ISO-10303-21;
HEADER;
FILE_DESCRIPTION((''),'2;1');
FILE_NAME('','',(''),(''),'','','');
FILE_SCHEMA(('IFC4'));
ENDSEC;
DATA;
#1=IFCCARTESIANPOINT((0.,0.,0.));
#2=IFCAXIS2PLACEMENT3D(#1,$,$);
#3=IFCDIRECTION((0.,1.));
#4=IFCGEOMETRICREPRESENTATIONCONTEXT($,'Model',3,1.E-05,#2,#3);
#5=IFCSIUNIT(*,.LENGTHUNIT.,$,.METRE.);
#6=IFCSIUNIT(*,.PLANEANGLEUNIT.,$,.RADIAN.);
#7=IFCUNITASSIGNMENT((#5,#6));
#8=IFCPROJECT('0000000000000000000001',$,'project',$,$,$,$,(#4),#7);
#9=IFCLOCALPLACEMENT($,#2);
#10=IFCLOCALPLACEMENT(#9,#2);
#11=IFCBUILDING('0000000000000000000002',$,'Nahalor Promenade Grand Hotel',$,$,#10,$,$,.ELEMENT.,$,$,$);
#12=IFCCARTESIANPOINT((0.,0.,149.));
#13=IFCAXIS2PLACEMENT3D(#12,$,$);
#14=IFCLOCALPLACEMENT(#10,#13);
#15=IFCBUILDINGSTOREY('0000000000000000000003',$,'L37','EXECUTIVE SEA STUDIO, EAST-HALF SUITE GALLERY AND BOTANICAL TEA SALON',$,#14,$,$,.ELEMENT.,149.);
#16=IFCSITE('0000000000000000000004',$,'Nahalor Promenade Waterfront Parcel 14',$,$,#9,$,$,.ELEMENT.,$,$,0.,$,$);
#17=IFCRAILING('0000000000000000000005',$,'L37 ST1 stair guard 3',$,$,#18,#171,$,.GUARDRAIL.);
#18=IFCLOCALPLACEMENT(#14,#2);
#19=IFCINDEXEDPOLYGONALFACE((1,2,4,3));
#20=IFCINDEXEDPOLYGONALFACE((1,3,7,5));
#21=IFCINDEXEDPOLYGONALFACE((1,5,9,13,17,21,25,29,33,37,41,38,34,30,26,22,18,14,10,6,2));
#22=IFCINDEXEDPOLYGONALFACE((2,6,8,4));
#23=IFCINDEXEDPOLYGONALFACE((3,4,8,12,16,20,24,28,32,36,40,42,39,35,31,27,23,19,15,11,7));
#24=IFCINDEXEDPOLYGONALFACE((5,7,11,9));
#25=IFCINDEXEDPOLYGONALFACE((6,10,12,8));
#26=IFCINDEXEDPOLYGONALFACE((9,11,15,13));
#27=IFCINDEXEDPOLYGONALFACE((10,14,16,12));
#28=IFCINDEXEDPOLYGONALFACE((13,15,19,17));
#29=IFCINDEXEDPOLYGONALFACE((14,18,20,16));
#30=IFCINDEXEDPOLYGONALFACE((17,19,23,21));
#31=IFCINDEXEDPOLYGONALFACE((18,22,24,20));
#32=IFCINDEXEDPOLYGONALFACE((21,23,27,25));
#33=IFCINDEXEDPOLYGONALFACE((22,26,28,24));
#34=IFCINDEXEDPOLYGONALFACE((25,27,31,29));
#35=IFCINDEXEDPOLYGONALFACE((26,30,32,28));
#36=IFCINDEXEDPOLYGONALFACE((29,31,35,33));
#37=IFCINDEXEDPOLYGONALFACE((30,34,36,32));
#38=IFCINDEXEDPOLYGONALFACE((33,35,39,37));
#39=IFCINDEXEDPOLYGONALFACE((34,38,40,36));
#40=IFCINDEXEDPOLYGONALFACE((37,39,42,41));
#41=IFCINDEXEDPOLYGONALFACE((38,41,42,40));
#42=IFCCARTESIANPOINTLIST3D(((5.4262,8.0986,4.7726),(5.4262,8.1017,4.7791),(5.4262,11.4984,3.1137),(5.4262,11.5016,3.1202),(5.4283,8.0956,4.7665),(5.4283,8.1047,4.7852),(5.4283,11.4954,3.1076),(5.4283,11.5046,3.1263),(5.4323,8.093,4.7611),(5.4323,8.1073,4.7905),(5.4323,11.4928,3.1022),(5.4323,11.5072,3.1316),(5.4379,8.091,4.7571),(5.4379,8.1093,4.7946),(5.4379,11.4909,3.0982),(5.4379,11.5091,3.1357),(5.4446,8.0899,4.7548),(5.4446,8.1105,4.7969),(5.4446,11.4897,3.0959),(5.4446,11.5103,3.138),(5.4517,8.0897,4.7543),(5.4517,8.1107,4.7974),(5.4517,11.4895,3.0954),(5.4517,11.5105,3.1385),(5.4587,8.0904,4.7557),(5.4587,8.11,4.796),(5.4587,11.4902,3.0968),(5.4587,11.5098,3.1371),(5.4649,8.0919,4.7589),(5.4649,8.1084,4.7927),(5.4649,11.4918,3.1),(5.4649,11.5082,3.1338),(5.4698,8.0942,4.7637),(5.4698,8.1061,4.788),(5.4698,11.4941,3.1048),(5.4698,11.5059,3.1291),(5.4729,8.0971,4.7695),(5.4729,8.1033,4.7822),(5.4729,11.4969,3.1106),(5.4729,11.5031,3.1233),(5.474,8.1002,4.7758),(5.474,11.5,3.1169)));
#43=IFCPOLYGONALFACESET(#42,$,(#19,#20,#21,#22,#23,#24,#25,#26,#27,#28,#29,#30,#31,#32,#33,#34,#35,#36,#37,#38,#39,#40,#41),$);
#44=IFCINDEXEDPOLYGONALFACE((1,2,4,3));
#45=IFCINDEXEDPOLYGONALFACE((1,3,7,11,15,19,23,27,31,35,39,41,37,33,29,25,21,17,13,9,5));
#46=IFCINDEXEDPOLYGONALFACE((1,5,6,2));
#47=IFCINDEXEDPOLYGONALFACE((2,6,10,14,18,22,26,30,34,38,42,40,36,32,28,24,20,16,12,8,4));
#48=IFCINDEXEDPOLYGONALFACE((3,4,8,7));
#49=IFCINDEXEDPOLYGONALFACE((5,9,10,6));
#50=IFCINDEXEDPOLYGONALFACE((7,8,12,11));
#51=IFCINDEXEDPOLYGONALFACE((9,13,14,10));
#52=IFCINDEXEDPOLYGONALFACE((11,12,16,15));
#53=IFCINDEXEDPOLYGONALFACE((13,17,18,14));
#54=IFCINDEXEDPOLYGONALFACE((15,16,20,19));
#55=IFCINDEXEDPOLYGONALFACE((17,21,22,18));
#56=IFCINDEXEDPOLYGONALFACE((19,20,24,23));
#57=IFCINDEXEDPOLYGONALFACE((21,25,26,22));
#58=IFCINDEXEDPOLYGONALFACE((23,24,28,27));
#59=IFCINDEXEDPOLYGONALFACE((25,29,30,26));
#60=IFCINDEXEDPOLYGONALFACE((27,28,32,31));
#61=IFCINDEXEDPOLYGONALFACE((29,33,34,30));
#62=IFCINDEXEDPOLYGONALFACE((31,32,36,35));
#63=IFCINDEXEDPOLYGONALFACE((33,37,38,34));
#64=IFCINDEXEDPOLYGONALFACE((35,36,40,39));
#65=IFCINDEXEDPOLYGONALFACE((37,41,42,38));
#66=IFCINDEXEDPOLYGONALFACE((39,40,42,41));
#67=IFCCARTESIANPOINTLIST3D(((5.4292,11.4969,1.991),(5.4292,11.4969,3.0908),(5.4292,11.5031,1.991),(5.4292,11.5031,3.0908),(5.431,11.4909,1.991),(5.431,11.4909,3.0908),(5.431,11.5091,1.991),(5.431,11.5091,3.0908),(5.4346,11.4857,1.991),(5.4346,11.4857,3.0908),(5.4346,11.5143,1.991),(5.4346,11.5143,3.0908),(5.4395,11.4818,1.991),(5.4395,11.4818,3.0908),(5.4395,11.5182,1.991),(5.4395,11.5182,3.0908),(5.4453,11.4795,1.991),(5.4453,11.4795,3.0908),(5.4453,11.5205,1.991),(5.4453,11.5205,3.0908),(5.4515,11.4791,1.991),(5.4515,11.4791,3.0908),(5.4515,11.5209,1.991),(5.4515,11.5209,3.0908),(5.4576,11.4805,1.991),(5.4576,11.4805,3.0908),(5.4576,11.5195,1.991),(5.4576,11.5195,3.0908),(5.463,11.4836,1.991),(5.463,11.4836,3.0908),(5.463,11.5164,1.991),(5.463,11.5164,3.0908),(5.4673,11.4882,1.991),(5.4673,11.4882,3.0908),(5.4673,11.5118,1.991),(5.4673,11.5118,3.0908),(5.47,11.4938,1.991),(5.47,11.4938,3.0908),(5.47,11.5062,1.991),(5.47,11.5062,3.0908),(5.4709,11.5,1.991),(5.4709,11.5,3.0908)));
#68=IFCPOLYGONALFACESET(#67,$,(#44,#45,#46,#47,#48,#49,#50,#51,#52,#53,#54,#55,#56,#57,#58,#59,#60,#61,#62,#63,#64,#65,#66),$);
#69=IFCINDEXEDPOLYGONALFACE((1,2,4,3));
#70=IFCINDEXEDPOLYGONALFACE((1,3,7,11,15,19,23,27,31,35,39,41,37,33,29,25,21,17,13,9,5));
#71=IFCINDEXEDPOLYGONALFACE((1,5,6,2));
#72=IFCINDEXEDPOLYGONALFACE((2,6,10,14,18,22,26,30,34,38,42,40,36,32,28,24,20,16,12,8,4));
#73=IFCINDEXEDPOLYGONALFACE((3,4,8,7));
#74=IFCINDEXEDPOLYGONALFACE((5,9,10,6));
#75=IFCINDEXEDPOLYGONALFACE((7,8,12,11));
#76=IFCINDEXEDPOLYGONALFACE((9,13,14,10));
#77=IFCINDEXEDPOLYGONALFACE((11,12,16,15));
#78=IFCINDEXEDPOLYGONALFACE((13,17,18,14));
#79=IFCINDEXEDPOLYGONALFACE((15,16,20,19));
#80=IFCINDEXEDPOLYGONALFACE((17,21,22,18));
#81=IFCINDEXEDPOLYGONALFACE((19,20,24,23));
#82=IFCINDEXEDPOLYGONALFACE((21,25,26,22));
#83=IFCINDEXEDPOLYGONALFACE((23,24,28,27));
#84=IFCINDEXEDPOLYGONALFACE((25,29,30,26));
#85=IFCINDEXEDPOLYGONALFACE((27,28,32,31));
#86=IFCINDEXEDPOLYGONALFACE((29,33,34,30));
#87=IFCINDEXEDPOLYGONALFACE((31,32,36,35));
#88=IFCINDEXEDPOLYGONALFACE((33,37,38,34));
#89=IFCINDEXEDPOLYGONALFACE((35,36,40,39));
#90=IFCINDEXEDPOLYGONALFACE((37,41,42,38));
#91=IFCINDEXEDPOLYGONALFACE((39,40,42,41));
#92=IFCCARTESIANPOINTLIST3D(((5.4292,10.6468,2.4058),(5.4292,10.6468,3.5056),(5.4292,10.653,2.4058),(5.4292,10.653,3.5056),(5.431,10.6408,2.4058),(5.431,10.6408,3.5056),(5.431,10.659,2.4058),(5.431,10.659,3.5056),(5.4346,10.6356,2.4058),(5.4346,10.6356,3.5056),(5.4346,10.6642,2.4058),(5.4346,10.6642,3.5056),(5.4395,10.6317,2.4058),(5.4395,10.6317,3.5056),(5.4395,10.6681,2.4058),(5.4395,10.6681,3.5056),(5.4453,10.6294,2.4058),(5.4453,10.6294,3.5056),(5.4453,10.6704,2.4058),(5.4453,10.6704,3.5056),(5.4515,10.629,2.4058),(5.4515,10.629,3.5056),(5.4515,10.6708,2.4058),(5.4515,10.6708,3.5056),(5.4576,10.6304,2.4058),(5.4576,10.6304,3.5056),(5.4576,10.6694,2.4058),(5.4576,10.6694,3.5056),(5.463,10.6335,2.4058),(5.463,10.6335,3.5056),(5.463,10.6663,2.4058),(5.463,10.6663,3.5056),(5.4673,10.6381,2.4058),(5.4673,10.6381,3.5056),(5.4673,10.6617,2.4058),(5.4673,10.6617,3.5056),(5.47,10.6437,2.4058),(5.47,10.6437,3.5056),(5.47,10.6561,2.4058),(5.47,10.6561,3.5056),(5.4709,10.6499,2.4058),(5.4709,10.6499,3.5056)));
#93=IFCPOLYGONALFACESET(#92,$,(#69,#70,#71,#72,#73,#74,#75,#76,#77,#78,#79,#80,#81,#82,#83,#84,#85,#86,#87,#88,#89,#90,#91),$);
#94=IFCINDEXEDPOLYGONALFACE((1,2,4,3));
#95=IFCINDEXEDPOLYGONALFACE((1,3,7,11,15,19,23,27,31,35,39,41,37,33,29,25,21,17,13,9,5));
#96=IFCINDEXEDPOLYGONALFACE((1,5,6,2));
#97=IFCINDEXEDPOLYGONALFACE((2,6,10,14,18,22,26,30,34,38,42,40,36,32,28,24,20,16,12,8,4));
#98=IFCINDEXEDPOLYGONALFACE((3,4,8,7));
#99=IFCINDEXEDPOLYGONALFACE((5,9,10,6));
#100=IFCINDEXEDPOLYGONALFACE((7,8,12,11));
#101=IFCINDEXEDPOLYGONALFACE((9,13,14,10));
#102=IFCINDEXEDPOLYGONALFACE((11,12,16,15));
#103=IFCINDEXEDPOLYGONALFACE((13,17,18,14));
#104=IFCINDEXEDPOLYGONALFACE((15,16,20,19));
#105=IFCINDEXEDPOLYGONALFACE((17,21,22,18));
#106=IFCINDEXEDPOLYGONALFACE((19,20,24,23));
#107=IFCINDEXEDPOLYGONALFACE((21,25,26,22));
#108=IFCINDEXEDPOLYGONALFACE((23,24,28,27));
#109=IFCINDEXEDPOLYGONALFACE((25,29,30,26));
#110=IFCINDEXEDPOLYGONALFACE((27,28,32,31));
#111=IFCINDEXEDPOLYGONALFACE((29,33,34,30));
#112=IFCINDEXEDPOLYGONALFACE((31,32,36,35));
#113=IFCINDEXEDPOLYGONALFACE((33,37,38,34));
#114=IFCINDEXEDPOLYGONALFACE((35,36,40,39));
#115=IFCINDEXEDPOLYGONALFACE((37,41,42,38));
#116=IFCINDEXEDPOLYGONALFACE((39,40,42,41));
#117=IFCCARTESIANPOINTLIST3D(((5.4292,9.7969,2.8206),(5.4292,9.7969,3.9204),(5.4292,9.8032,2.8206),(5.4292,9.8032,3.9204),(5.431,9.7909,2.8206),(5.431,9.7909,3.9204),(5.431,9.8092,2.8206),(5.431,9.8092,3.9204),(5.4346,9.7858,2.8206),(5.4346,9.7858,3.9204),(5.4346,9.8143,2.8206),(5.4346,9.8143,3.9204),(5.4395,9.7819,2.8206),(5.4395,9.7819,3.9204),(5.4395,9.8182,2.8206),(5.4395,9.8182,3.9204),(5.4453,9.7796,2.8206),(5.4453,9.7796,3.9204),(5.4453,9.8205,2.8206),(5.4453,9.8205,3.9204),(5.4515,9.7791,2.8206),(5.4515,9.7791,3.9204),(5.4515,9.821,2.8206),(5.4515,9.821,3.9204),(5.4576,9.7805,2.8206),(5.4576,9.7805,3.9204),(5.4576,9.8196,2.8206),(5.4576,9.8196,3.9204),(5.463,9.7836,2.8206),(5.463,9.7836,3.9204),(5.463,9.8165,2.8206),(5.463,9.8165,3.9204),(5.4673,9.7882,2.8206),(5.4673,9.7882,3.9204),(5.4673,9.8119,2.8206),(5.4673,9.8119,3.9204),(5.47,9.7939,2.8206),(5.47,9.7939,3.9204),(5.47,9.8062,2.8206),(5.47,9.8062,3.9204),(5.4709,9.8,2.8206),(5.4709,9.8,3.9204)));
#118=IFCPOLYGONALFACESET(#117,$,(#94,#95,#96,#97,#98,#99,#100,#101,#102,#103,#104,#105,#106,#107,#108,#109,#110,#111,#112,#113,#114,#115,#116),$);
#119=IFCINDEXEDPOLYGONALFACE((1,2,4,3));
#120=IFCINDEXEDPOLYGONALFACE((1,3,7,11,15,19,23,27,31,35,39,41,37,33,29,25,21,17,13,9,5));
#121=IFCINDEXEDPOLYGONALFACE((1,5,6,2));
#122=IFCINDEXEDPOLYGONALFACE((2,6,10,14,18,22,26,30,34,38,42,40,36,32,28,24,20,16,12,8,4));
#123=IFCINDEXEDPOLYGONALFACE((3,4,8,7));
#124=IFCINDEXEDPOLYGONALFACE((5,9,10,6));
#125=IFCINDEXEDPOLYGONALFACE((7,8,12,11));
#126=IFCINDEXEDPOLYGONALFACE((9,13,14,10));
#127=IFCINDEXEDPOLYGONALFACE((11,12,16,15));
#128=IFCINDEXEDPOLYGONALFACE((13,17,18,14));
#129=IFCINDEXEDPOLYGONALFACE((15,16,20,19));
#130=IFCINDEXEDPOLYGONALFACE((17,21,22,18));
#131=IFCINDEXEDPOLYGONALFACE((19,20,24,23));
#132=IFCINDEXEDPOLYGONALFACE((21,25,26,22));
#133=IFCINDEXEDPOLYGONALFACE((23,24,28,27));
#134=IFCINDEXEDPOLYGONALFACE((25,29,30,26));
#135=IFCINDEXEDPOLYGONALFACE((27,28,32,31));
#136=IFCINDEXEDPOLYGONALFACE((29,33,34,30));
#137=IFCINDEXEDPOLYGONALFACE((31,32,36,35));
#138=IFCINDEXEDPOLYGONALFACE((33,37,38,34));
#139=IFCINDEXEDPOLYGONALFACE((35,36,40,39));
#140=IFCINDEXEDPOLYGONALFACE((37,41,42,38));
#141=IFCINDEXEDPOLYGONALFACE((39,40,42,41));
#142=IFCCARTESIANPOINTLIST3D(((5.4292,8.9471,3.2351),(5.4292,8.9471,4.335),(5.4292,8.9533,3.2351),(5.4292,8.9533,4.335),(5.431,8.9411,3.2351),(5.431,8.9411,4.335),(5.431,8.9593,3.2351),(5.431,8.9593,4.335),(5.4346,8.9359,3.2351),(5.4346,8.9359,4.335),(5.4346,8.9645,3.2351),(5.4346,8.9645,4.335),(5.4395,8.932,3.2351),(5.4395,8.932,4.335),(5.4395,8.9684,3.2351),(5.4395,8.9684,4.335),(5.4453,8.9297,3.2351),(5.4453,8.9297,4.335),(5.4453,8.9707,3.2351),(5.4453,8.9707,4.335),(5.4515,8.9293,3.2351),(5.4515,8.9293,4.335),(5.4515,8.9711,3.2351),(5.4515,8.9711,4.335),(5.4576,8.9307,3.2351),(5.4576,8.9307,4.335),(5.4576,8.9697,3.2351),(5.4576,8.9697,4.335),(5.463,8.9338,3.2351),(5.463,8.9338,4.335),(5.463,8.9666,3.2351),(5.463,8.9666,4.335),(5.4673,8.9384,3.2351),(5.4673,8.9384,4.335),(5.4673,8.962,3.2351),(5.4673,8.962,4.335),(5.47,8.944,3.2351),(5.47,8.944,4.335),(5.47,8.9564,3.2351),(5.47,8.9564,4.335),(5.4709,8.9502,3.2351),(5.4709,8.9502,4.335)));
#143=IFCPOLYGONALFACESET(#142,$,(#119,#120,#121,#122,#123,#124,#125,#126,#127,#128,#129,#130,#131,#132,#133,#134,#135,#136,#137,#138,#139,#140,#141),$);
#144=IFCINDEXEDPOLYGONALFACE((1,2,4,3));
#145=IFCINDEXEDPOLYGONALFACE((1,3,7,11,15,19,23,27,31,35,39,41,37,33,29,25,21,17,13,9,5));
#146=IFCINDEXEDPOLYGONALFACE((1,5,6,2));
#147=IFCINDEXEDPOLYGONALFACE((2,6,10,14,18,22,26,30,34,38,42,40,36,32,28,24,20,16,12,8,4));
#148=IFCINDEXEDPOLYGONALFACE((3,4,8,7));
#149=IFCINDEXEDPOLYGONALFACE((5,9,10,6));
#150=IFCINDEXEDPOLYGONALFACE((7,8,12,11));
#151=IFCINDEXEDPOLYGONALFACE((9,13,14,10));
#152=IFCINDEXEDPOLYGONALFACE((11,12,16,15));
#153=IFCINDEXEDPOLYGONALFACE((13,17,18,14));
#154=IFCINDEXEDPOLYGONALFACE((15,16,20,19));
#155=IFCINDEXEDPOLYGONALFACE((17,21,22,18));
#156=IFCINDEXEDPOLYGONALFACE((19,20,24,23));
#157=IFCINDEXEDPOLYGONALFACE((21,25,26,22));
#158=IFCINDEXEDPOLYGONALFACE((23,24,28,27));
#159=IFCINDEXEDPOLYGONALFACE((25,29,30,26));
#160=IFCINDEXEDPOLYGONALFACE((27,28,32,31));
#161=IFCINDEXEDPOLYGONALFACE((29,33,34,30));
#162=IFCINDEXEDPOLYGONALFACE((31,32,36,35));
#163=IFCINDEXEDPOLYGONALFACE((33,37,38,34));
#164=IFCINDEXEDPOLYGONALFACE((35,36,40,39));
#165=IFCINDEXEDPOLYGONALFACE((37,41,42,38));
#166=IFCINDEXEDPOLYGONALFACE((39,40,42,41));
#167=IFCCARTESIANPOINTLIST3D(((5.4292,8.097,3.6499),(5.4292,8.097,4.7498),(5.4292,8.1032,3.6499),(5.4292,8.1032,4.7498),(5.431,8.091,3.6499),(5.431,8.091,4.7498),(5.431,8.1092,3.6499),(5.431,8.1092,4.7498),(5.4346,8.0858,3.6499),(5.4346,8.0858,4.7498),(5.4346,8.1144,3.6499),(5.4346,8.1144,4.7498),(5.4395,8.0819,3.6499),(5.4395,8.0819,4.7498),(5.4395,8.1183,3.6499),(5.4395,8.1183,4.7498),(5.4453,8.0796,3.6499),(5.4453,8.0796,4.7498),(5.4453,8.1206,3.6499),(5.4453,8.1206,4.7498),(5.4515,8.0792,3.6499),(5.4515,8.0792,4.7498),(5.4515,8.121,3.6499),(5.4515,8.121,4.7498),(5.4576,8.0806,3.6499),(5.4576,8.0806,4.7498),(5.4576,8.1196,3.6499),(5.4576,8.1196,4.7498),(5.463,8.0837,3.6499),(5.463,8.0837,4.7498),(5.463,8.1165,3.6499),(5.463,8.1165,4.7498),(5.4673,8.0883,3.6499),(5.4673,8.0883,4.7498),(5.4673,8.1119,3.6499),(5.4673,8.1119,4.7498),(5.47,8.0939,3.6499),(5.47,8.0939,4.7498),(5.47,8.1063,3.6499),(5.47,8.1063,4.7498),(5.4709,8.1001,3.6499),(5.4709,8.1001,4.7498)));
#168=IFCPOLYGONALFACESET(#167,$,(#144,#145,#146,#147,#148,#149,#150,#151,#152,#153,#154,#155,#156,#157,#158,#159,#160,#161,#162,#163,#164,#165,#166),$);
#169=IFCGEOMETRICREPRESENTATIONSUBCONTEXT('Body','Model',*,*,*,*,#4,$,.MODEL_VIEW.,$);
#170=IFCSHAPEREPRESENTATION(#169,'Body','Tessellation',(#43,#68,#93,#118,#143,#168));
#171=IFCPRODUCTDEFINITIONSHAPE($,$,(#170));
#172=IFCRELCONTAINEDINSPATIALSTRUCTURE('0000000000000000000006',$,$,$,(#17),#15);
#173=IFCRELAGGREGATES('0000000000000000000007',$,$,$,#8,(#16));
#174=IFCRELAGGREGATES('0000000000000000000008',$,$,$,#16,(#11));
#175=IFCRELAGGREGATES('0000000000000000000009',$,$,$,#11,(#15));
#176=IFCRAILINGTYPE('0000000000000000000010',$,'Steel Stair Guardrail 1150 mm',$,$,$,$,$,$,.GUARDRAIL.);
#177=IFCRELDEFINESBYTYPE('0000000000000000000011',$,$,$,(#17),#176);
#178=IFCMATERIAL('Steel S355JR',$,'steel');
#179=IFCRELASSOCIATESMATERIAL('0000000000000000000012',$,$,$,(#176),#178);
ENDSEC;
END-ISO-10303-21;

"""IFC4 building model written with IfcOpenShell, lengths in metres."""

from ifc_helpers import new_model, si_unit, direction, frame, origin, origin_2d, place, context, subcontext, project, spatial, circle, extrude, material, type_object, element, save


model = new_model("IFC4")

# Units and contexts
model_context = context("Model", 3, precision=1e-05, world=origin(), true_north=direction((0.0, 1.0)))
body_context = subcontext(model_context, "Body", "Model", "MODEL_VIEW")
ifc_project = project(units=[si_unit("LENGTHUNIT", "METRE"), si_unit("PLANEANGLEUNIT", "RADIAN")], contexts=[model_context])

# Site, building, storey
site_placement = place(None, origin())
site = spatial("IfcSite", under=ifc_project, at=site_placement, Name="Nahalor Promenade Waterfront Parcel 14", CompositionType="ELEMENT", RefElevation=0.0)
building_placement = place(site_placement, origin())
building = spatial("IfcBuilding", under=site, at=building_placement, Name="Nahalor Promenade Grand Hotel", CompositionType="ELEMENT")
storey_placement = place(building_placement, frame((0.0, 0.0, 149.0)))
storey = spatial("IfcBuildingStorey", under=building, at=storey_placement, Name="L37", Description="EXECUTIVE SEA STUDIO, EAST-HALF SUITE GALLERY AND BOTANICAL TEA SALON", CompositionType="ELEMENT", Elevation=149.0)

# Shared definitions
ifc_material_1 = material(Name="Steel S355JR", Category="steel")

# Railing
railing_type = type_object("IfcRailingType", Name="Steel Stair Guardrail 1150 mm", PredefinedType="GUARDRAIL", material=ifc_material_1)
railing_1_placement = place(storey_placement, frame((5.45, 11.5, 1.991)))
element("IfcRailing", 1, at=railing_1_placement, inside=storey, type_object=railing_type, Name="L37 ST1 stair guard 3", PredefinedType="GUARDRAIL", context=body_context, shape_type="SweptSolid", body=[
    extrude(circle(Radius=0.024, at=origin_2d()), frame((0.0, 0.0, 1.126), z_axis=(0.0, -0.898722, 0.438519), x_axis=(1.0, 0.0, 0.0)), (0.0, 0.0, 1.0), 3.783),
    extrude(circle(Radius=0.021, at=origin_2d()), origin(), (0.0, 0.0, 1.0), 1.0999),
    extrude(circle(Radius=0.021, at=origin_2d()), frame((0.0, -0.8501, 0.4148)), (0.0, 0.0, 1.0), 1.0999),
    extrude(circle(Radius=0.021, at=origin_2d()), frame((0.0, -1.7, 0.8296)), (0.0, 0.0, 1.0), 1.0999),
    extrude(circle(Radius=0.021, at=origin_2d()), frame((0.0, -2.5498, 1.2441)), (0.0, 0.0, 1.0), 1.0999),
    extrude(circle(Radius=0.021, at=origin_2d()), frame((0.0, -3.3999, 1.6589)), (0.0, 0.0, 1.0), 1.0999),
])

save(model, "model.ifc")
